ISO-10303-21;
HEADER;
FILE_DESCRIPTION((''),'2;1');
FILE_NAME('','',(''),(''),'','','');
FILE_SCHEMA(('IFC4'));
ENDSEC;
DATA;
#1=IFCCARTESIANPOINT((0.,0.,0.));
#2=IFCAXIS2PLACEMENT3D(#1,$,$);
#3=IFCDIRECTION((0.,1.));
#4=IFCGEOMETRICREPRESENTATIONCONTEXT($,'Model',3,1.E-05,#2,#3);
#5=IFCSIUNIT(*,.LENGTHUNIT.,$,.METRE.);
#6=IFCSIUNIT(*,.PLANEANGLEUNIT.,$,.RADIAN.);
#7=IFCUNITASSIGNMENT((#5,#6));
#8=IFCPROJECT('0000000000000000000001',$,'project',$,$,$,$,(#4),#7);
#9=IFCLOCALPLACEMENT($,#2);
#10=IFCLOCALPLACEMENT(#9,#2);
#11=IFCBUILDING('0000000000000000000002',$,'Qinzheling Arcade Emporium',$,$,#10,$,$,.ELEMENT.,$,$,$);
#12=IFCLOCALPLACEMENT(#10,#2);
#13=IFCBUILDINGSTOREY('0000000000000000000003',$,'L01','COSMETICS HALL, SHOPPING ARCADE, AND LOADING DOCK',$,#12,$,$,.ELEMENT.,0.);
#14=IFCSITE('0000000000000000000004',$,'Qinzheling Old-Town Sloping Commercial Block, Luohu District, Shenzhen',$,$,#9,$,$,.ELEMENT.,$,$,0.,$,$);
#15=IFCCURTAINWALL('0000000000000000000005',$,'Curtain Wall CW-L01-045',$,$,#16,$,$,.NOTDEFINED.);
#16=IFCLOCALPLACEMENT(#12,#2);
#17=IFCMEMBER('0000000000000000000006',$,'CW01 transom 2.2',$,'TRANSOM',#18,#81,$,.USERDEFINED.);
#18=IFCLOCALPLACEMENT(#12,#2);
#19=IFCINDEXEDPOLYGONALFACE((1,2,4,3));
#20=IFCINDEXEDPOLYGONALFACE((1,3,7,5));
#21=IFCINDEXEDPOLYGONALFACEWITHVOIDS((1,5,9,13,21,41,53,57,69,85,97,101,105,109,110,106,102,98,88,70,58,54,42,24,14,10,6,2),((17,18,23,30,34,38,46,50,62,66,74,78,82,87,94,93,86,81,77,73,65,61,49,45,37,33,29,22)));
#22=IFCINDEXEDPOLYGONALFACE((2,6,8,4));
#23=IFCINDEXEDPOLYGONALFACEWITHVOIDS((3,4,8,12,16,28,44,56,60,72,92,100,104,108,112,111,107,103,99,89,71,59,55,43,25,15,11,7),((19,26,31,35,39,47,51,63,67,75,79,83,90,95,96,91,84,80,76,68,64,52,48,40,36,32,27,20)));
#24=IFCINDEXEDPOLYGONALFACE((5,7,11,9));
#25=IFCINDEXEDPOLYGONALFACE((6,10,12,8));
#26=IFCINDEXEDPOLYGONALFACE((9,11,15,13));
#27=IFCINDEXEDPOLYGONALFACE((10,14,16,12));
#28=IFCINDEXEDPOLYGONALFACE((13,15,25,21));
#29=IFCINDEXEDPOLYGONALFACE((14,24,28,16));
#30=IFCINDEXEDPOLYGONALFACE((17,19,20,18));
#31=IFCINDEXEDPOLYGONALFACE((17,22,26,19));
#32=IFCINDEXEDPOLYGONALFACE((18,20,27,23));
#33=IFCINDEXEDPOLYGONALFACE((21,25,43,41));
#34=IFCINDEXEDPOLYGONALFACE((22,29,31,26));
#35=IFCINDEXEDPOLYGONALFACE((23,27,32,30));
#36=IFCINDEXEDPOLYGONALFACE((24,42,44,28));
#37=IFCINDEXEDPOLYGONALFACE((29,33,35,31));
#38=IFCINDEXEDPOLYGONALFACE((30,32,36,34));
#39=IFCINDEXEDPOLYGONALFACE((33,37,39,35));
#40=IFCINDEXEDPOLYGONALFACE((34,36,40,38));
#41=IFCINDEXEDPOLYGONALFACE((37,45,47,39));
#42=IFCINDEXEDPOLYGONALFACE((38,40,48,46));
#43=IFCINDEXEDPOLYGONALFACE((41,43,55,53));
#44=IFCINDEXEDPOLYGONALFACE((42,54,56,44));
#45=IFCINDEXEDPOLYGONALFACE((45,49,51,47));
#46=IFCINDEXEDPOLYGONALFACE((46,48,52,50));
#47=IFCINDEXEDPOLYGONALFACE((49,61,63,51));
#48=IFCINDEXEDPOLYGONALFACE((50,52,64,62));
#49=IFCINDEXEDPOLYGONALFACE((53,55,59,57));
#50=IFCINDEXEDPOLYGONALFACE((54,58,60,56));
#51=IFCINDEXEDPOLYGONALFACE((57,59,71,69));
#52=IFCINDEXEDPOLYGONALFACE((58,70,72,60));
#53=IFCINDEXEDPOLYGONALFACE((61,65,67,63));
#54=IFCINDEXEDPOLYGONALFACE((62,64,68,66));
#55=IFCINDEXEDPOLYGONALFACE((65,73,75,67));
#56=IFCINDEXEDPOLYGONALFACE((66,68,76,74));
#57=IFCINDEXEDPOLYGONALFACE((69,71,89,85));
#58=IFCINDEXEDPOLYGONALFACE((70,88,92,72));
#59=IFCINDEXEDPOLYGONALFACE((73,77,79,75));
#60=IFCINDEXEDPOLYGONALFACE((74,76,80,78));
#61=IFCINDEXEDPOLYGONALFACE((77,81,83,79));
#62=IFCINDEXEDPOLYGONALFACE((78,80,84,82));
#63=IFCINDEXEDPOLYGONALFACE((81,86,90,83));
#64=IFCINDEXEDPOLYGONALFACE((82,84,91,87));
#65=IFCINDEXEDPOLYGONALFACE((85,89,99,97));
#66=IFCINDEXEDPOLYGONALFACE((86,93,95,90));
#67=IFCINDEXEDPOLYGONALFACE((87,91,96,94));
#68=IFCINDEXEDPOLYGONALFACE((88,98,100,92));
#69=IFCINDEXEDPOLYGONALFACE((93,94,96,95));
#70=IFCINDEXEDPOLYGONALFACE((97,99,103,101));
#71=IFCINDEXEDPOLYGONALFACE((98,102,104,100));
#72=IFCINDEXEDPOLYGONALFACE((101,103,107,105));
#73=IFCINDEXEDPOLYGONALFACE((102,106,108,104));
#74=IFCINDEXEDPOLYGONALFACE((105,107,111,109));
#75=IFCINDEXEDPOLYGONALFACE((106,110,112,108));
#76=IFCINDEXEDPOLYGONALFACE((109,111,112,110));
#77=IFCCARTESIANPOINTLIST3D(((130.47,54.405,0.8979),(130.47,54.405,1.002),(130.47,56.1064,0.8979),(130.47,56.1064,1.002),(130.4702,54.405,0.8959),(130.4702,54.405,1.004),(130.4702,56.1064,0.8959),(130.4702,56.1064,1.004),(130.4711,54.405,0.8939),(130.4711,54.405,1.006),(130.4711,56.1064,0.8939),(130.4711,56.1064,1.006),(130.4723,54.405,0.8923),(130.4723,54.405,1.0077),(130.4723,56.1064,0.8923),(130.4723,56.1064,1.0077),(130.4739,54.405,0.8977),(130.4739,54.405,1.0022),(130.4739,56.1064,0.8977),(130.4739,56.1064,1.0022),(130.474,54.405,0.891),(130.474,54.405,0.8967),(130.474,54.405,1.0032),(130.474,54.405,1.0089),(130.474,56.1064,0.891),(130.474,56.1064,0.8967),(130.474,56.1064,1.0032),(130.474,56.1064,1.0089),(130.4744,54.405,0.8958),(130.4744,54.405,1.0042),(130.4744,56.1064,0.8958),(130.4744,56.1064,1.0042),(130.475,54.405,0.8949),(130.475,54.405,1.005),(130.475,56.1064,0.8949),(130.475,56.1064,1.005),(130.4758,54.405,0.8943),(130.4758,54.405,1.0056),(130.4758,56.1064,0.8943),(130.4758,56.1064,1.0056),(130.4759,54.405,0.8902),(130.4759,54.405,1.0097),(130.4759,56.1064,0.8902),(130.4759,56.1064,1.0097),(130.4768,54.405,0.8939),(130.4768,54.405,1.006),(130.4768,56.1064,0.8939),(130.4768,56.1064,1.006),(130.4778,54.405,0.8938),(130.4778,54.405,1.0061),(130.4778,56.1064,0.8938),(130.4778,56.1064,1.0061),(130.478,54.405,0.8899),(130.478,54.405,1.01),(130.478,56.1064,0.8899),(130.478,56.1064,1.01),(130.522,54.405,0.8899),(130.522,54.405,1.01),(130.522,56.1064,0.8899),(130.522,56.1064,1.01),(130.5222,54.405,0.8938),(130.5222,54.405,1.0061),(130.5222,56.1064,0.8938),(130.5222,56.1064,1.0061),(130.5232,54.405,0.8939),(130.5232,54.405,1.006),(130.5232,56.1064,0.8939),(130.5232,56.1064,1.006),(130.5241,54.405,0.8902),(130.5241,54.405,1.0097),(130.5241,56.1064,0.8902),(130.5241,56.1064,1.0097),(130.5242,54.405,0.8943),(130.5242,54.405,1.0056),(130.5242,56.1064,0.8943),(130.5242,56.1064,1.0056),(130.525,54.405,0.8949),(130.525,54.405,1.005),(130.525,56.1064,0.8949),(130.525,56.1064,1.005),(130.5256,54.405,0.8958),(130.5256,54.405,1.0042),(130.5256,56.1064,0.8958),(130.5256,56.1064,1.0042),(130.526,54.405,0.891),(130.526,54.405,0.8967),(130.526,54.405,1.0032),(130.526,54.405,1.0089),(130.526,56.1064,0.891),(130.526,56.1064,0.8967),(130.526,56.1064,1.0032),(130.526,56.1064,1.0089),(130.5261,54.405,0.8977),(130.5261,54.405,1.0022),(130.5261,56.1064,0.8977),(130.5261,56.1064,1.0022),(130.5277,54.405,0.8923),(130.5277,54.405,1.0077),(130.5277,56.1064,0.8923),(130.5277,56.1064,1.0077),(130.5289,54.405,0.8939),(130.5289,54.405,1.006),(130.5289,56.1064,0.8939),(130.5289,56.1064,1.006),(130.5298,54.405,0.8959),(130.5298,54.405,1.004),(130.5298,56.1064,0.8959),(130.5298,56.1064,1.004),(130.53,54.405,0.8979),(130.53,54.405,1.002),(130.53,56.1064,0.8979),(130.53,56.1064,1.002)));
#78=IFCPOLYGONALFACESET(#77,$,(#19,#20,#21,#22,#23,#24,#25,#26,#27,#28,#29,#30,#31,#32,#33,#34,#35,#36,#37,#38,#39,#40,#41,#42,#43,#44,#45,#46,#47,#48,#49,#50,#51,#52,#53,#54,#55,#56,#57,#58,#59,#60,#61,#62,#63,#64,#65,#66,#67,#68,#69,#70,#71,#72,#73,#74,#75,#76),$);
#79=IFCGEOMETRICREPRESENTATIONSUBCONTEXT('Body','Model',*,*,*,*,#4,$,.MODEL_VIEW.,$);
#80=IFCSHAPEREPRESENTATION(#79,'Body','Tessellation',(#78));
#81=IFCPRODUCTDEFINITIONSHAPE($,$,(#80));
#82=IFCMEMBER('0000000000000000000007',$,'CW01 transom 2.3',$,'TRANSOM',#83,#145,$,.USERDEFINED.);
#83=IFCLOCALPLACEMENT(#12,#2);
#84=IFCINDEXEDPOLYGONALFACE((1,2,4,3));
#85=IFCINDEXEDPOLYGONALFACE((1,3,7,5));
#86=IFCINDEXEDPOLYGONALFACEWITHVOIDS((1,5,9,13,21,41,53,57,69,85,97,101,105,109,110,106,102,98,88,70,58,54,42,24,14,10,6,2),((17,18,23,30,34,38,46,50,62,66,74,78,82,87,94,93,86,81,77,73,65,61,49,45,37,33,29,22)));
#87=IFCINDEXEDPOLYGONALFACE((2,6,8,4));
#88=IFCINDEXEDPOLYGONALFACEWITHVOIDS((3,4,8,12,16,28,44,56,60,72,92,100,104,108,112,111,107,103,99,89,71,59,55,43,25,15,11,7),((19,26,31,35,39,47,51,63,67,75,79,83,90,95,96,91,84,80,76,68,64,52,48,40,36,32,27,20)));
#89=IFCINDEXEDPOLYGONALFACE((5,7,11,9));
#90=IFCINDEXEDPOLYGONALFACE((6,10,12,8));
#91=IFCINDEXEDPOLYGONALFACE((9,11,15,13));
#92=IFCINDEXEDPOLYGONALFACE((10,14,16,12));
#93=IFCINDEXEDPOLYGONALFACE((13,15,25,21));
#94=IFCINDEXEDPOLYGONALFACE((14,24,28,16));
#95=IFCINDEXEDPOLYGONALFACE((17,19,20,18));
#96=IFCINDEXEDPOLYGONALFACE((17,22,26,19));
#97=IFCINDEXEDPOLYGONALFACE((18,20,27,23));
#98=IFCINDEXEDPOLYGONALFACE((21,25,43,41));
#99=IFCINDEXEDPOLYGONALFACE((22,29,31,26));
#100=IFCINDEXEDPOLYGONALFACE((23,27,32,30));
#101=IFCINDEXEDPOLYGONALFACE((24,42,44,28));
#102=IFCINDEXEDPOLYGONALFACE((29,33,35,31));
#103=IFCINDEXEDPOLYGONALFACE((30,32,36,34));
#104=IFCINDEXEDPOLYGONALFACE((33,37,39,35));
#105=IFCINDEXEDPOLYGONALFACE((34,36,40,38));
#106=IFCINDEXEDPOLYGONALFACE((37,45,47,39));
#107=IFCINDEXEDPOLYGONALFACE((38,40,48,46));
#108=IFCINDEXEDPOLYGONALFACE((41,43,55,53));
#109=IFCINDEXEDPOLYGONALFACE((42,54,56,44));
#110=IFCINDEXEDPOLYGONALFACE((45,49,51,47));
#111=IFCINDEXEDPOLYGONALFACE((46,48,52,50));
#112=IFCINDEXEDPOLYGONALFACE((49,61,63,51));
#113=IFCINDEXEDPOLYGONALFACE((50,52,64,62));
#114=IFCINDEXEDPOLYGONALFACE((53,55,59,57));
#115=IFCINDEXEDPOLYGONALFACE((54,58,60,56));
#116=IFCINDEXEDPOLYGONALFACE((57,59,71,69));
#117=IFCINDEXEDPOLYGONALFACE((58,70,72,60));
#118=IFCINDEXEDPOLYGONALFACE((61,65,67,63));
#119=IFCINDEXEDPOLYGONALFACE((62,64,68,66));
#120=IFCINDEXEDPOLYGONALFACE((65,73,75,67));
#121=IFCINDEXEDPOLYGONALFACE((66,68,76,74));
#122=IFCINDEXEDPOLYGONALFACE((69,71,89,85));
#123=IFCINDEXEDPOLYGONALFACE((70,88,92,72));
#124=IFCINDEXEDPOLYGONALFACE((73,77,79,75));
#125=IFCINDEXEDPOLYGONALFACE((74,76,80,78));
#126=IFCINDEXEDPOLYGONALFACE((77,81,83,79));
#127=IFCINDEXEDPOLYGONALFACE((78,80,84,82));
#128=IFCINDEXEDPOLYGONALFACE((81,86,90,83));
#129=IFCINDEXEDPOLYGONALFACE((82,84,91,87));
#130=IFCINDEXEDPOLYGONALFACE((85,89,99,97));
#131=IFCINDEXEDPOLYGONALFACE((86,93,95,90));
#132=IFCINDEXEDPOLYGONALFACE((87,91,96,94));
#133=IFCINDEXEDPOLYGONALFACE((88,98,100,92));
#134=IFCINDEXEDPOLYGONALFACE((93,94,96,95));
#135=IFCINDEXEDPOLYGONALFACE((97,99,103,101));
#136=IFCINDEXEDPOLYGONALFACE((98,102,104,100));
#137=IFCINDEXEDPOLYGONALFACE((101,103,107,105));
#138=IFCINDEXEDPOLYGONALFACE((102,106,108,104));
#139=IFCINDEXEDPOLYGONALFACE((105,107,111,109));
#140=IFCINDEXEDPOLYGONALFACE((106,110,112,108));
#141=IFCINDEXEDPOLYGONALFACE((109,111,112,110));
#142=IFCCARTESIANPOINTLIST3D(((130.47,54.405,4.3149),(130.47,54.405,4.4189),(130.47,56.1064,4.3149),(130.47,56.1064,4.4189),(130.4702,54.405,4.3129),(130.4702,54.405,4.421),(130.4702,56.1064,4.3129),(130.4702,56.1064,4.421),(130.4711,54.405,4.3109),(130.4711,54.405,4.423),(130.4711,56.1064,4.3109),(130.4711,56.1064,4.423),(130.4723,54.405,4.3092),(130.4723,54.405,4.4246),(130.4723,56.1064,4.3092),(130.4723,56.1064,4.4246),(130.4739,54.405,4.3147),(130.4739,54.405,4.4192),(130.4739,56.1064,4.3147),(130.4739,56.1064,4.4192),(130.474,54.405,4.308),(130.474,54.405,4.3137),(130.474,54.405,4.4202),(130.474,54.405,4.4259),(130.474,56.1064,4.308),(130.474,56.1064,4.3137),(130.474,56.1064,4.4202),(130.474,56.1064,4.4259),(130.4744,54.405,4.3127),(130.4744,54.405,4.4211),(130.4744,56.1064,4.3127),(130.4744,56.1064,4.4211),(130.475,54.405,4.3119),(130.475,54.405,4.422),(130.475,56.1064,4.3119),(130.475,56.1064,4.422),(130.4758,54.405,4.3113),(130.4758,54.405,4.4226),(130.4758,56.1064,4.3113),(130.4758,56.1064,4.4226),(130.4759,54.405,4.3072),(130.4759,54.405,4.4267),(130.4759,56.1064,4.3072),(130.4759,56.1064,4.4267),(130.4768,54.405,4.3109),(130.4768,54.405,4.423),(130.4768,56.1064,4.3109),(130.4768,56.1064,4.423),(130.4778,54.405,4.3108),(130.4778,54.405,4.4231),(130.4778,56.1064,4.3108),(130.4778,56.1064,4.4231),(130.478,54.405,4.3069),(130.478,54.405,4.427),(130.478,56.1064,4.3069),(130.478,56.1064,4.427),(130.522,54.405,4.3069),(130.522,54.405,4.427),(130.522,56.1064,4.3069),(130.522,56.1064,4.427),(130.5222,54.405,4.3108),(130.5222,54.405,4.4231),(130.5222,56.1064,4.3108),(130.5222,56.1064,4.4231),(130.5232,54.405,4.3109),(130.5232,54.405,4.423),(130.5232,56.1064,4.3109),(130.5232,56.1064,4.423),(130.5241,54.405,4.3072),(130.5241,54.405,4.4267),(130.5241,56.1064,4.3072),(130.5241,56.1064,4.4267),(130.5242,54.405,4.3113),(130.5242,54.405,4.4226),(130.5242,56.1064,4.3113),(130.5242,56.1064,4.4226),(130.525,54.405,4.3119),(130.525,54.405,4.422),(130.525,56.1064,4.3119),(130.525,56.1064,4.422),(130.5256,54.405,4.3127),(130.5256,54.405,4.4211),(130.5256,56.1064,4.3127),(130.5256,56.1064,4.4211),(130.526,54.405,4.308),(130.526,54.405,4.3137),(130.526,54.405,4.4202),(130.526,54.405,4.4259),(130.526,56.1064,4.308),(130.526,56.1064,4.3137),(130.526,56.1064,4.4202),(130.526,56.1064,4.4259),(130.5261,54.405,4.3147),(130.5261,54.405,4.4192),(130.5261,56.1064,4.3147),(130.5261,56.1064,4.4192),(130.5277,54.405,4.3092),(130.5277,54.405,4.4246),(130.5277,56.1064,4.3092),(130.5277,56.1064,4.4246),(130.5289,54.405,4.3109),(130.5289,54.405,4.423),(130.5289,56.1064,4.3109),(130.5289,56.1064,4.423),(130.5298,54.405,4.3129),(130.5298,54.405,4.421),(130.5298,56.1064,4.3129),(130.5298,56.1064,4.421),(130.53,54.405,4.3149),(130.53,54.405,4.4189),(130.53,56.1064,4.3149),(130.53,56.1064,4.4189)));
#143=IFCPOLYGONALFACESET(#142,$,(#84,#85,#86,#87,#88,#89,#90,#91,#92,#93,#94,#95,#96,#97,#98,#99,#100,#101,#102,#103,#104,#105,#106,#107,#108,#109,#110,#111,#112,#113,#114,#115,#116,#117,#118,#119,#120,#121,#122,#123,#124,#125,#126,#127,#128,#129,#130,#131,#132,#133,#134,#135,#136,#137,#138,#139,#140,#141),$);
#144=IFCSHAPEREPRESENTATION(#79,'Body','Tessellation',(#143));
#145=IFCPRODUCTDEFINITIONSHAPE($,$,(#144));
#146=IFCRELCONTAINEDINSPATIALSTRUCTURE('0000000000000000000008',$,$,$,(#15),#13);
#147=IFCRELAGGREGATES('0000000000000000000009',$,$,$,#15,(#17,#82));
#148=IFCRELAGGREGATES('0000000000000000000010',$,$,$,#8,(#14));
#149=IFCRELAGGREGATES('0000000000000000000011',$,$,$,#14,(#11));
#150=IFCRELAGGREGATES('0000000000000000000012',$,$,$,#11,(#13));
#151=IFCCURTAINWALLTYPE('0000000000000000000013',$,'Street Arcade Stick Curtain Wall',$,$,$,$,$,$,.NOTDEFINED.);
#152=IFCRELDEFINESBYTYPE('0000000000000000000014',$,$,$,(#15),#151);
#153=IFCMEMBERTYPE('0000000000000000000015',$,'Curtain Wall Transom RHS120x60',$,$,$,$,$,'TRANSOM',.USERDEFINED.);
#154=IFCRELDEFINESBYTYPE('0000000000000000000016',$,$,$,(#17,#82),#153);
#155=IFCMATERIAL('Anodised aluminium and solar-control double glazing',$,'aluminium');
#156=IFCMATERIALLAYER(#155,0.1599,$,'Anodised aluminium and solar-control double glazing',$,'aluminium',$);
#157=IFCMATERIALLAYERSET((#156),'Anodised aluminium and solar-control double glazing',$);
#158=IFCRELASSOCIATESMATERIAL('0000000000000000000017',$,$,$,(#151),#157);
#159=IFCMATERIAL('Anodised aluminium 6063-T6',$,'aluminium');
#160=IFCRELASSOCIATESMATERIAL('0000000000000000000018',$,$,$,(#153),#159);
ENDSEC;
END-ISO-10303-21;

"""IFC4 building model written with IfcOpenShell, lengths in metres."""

from ifc_helpers import new_model, si_unit, direction, frame, origin, origin_2d, place, context, subcontext, project, spatial, hollow_rectangle, extrude, material, layer, layer_set, material_profile, profile_set, type_object, element, aggregate, save


model = new_model("IFC4")

# Units and contexts
model_context = context("Model", 3, precision=1e-05, world=origin(), true_north=direction((0.0, 1.0)))
body_context = subcontext(model_context, "Body", "Model", "MODEL_VIEW")
ifc_project = project(units=[si_unit("LENGTHUNIT", "METRE"), si_unit("PLANEANGLEUNIT", "RADIAN")], contexts=[model_context])

# Site, building, storey
site_placement = place(None, origin())
site = spatial("IfcSite", under=ifc_project, at=site_placement, Name="Qinzheling Old-Town Sloping Commercial Block, Luohu District, Shenzhen", CompositionType="ELEMENT", RefElevation=0.0)
building_placement = place(site_placement, origin())
building = spatial("IfcBuilding", under=site, at=building_placement, Name="Qinzheling Arcade Emporium", CompositionType="ELEMENT")
storey_placement = place(building_placement, origin())
storey = spatial("IfcBuildingStorey", under=building, at=storey_placement, Name="L01", Description="COSMETICS HALL, SHOPPING ARCADE, AND LOADING DOCK", CompositionType="ELEMENT", Elevation=0.0)

# Shared definitions
ifc_material_1 = material(Name="Anodised aluminium and solar-control double glazing", Category="aluminium")
ifc_layer_1 = layer(ifc_material_1, 0.1599, Name="Anodised aluminium and solar-control double glazing", Category="aluminium")
ifc_layer_set_1 = layer_set([ifc_layer_1], Name="Anodised aluminium and solar-control double glazing")
curtain_wall_type = type_object("IfcCurtainWallType", Name="Street Arcade Stick Curtain Wall", PredefinedType="NOTDEFINED", material=ifc_layer_set_1)
ifc_material_2 = material(Name="Anodised aluminium 6063-T6", Category="aluminium")

# Curtain wall, members
curtain_wall_1_placement = place(storey_placement, origin())
curtain_wall_1 = element("IfcCurtainWall", 1, at=curtain_wall_1_placement, inside=storey, type_object=curtain_wall_type, Name="Curtain Wall CW-L01-045", PredefinedType="NOTDEFINED")
ifc_material_profile_1 = material_profile(ifc_material_2, hollow_rectangle(XDim=0.0601, YDim=0.1201, WallThickness=0.0039, InnerFilletRadius=0.0039, OuterFilletRadius=0.0081, at=origin_2d()), Name="RHS 120x60x4", Category="aluminium")
ifc_profile_set_1 = profile_set([ifc_material_profile_1], Name="Anodised aluminium 6063-T6")
member_type_1 = type_object("IfcMemberType", Name="Curtain Wall Transom RHS120x60", ElementType="TRANSOM", PredefinedType="USERDEFINED", material=ifc_profile_set_1)
member_1_placement = place(storey_placement, frame((130.5, 56.1064, 0.95), z_axis=(0.0, -1.0, 0.0), x_axis=(1.0, 0.0, 0.0)))
member_1 = element("IfcMember", 2, at=member_1_placement, type_object=member_type_1, Name="CW01 transom 2.2", ObjectType="TRANSOM", PredefinedType="USERDEFINED", context=body_context, shape_type="SweptSolid", body=[
    extrude(hollow_rectangle(XDim=0.0601, YDim=0.1201, WallThickness=0.0039, InnerFilletRadius=0.0039, OuterFilletRadius=0.0081, at=origin_2d()), origin(), (0.0, 0.0, 1.0), 1.7014),
])
member_2_placement = place(storey_placement, frame((130.5, 56.1064, 4.3669), z_axis=(0.0, -1.0, 0.0), x_axis=(1.0, 0.0, 0.0)))
member_2 = element("IfcMember", 3, at=member_2_placement, type_object=member_type_1, Name="CW01 transom 2.3", ObjectType="TRANSOM", PredefinedType="USERDEFINED", context=body_context, shape_type="SweptSolid", body=[
    extrude(hollow_rectangle(XDim=0.0601, YDim=0.1201, WallThickness=0.0039, InnerFilletRadius=0.0039, OuterFilletRadius=0.0081, at=origin_2d()), origin(), (0.0, 0.0, 1.0), 1.7014),
])

aggregate(curtain_wall_1, [member_1, member_2])

save(model, "model.ifc")
